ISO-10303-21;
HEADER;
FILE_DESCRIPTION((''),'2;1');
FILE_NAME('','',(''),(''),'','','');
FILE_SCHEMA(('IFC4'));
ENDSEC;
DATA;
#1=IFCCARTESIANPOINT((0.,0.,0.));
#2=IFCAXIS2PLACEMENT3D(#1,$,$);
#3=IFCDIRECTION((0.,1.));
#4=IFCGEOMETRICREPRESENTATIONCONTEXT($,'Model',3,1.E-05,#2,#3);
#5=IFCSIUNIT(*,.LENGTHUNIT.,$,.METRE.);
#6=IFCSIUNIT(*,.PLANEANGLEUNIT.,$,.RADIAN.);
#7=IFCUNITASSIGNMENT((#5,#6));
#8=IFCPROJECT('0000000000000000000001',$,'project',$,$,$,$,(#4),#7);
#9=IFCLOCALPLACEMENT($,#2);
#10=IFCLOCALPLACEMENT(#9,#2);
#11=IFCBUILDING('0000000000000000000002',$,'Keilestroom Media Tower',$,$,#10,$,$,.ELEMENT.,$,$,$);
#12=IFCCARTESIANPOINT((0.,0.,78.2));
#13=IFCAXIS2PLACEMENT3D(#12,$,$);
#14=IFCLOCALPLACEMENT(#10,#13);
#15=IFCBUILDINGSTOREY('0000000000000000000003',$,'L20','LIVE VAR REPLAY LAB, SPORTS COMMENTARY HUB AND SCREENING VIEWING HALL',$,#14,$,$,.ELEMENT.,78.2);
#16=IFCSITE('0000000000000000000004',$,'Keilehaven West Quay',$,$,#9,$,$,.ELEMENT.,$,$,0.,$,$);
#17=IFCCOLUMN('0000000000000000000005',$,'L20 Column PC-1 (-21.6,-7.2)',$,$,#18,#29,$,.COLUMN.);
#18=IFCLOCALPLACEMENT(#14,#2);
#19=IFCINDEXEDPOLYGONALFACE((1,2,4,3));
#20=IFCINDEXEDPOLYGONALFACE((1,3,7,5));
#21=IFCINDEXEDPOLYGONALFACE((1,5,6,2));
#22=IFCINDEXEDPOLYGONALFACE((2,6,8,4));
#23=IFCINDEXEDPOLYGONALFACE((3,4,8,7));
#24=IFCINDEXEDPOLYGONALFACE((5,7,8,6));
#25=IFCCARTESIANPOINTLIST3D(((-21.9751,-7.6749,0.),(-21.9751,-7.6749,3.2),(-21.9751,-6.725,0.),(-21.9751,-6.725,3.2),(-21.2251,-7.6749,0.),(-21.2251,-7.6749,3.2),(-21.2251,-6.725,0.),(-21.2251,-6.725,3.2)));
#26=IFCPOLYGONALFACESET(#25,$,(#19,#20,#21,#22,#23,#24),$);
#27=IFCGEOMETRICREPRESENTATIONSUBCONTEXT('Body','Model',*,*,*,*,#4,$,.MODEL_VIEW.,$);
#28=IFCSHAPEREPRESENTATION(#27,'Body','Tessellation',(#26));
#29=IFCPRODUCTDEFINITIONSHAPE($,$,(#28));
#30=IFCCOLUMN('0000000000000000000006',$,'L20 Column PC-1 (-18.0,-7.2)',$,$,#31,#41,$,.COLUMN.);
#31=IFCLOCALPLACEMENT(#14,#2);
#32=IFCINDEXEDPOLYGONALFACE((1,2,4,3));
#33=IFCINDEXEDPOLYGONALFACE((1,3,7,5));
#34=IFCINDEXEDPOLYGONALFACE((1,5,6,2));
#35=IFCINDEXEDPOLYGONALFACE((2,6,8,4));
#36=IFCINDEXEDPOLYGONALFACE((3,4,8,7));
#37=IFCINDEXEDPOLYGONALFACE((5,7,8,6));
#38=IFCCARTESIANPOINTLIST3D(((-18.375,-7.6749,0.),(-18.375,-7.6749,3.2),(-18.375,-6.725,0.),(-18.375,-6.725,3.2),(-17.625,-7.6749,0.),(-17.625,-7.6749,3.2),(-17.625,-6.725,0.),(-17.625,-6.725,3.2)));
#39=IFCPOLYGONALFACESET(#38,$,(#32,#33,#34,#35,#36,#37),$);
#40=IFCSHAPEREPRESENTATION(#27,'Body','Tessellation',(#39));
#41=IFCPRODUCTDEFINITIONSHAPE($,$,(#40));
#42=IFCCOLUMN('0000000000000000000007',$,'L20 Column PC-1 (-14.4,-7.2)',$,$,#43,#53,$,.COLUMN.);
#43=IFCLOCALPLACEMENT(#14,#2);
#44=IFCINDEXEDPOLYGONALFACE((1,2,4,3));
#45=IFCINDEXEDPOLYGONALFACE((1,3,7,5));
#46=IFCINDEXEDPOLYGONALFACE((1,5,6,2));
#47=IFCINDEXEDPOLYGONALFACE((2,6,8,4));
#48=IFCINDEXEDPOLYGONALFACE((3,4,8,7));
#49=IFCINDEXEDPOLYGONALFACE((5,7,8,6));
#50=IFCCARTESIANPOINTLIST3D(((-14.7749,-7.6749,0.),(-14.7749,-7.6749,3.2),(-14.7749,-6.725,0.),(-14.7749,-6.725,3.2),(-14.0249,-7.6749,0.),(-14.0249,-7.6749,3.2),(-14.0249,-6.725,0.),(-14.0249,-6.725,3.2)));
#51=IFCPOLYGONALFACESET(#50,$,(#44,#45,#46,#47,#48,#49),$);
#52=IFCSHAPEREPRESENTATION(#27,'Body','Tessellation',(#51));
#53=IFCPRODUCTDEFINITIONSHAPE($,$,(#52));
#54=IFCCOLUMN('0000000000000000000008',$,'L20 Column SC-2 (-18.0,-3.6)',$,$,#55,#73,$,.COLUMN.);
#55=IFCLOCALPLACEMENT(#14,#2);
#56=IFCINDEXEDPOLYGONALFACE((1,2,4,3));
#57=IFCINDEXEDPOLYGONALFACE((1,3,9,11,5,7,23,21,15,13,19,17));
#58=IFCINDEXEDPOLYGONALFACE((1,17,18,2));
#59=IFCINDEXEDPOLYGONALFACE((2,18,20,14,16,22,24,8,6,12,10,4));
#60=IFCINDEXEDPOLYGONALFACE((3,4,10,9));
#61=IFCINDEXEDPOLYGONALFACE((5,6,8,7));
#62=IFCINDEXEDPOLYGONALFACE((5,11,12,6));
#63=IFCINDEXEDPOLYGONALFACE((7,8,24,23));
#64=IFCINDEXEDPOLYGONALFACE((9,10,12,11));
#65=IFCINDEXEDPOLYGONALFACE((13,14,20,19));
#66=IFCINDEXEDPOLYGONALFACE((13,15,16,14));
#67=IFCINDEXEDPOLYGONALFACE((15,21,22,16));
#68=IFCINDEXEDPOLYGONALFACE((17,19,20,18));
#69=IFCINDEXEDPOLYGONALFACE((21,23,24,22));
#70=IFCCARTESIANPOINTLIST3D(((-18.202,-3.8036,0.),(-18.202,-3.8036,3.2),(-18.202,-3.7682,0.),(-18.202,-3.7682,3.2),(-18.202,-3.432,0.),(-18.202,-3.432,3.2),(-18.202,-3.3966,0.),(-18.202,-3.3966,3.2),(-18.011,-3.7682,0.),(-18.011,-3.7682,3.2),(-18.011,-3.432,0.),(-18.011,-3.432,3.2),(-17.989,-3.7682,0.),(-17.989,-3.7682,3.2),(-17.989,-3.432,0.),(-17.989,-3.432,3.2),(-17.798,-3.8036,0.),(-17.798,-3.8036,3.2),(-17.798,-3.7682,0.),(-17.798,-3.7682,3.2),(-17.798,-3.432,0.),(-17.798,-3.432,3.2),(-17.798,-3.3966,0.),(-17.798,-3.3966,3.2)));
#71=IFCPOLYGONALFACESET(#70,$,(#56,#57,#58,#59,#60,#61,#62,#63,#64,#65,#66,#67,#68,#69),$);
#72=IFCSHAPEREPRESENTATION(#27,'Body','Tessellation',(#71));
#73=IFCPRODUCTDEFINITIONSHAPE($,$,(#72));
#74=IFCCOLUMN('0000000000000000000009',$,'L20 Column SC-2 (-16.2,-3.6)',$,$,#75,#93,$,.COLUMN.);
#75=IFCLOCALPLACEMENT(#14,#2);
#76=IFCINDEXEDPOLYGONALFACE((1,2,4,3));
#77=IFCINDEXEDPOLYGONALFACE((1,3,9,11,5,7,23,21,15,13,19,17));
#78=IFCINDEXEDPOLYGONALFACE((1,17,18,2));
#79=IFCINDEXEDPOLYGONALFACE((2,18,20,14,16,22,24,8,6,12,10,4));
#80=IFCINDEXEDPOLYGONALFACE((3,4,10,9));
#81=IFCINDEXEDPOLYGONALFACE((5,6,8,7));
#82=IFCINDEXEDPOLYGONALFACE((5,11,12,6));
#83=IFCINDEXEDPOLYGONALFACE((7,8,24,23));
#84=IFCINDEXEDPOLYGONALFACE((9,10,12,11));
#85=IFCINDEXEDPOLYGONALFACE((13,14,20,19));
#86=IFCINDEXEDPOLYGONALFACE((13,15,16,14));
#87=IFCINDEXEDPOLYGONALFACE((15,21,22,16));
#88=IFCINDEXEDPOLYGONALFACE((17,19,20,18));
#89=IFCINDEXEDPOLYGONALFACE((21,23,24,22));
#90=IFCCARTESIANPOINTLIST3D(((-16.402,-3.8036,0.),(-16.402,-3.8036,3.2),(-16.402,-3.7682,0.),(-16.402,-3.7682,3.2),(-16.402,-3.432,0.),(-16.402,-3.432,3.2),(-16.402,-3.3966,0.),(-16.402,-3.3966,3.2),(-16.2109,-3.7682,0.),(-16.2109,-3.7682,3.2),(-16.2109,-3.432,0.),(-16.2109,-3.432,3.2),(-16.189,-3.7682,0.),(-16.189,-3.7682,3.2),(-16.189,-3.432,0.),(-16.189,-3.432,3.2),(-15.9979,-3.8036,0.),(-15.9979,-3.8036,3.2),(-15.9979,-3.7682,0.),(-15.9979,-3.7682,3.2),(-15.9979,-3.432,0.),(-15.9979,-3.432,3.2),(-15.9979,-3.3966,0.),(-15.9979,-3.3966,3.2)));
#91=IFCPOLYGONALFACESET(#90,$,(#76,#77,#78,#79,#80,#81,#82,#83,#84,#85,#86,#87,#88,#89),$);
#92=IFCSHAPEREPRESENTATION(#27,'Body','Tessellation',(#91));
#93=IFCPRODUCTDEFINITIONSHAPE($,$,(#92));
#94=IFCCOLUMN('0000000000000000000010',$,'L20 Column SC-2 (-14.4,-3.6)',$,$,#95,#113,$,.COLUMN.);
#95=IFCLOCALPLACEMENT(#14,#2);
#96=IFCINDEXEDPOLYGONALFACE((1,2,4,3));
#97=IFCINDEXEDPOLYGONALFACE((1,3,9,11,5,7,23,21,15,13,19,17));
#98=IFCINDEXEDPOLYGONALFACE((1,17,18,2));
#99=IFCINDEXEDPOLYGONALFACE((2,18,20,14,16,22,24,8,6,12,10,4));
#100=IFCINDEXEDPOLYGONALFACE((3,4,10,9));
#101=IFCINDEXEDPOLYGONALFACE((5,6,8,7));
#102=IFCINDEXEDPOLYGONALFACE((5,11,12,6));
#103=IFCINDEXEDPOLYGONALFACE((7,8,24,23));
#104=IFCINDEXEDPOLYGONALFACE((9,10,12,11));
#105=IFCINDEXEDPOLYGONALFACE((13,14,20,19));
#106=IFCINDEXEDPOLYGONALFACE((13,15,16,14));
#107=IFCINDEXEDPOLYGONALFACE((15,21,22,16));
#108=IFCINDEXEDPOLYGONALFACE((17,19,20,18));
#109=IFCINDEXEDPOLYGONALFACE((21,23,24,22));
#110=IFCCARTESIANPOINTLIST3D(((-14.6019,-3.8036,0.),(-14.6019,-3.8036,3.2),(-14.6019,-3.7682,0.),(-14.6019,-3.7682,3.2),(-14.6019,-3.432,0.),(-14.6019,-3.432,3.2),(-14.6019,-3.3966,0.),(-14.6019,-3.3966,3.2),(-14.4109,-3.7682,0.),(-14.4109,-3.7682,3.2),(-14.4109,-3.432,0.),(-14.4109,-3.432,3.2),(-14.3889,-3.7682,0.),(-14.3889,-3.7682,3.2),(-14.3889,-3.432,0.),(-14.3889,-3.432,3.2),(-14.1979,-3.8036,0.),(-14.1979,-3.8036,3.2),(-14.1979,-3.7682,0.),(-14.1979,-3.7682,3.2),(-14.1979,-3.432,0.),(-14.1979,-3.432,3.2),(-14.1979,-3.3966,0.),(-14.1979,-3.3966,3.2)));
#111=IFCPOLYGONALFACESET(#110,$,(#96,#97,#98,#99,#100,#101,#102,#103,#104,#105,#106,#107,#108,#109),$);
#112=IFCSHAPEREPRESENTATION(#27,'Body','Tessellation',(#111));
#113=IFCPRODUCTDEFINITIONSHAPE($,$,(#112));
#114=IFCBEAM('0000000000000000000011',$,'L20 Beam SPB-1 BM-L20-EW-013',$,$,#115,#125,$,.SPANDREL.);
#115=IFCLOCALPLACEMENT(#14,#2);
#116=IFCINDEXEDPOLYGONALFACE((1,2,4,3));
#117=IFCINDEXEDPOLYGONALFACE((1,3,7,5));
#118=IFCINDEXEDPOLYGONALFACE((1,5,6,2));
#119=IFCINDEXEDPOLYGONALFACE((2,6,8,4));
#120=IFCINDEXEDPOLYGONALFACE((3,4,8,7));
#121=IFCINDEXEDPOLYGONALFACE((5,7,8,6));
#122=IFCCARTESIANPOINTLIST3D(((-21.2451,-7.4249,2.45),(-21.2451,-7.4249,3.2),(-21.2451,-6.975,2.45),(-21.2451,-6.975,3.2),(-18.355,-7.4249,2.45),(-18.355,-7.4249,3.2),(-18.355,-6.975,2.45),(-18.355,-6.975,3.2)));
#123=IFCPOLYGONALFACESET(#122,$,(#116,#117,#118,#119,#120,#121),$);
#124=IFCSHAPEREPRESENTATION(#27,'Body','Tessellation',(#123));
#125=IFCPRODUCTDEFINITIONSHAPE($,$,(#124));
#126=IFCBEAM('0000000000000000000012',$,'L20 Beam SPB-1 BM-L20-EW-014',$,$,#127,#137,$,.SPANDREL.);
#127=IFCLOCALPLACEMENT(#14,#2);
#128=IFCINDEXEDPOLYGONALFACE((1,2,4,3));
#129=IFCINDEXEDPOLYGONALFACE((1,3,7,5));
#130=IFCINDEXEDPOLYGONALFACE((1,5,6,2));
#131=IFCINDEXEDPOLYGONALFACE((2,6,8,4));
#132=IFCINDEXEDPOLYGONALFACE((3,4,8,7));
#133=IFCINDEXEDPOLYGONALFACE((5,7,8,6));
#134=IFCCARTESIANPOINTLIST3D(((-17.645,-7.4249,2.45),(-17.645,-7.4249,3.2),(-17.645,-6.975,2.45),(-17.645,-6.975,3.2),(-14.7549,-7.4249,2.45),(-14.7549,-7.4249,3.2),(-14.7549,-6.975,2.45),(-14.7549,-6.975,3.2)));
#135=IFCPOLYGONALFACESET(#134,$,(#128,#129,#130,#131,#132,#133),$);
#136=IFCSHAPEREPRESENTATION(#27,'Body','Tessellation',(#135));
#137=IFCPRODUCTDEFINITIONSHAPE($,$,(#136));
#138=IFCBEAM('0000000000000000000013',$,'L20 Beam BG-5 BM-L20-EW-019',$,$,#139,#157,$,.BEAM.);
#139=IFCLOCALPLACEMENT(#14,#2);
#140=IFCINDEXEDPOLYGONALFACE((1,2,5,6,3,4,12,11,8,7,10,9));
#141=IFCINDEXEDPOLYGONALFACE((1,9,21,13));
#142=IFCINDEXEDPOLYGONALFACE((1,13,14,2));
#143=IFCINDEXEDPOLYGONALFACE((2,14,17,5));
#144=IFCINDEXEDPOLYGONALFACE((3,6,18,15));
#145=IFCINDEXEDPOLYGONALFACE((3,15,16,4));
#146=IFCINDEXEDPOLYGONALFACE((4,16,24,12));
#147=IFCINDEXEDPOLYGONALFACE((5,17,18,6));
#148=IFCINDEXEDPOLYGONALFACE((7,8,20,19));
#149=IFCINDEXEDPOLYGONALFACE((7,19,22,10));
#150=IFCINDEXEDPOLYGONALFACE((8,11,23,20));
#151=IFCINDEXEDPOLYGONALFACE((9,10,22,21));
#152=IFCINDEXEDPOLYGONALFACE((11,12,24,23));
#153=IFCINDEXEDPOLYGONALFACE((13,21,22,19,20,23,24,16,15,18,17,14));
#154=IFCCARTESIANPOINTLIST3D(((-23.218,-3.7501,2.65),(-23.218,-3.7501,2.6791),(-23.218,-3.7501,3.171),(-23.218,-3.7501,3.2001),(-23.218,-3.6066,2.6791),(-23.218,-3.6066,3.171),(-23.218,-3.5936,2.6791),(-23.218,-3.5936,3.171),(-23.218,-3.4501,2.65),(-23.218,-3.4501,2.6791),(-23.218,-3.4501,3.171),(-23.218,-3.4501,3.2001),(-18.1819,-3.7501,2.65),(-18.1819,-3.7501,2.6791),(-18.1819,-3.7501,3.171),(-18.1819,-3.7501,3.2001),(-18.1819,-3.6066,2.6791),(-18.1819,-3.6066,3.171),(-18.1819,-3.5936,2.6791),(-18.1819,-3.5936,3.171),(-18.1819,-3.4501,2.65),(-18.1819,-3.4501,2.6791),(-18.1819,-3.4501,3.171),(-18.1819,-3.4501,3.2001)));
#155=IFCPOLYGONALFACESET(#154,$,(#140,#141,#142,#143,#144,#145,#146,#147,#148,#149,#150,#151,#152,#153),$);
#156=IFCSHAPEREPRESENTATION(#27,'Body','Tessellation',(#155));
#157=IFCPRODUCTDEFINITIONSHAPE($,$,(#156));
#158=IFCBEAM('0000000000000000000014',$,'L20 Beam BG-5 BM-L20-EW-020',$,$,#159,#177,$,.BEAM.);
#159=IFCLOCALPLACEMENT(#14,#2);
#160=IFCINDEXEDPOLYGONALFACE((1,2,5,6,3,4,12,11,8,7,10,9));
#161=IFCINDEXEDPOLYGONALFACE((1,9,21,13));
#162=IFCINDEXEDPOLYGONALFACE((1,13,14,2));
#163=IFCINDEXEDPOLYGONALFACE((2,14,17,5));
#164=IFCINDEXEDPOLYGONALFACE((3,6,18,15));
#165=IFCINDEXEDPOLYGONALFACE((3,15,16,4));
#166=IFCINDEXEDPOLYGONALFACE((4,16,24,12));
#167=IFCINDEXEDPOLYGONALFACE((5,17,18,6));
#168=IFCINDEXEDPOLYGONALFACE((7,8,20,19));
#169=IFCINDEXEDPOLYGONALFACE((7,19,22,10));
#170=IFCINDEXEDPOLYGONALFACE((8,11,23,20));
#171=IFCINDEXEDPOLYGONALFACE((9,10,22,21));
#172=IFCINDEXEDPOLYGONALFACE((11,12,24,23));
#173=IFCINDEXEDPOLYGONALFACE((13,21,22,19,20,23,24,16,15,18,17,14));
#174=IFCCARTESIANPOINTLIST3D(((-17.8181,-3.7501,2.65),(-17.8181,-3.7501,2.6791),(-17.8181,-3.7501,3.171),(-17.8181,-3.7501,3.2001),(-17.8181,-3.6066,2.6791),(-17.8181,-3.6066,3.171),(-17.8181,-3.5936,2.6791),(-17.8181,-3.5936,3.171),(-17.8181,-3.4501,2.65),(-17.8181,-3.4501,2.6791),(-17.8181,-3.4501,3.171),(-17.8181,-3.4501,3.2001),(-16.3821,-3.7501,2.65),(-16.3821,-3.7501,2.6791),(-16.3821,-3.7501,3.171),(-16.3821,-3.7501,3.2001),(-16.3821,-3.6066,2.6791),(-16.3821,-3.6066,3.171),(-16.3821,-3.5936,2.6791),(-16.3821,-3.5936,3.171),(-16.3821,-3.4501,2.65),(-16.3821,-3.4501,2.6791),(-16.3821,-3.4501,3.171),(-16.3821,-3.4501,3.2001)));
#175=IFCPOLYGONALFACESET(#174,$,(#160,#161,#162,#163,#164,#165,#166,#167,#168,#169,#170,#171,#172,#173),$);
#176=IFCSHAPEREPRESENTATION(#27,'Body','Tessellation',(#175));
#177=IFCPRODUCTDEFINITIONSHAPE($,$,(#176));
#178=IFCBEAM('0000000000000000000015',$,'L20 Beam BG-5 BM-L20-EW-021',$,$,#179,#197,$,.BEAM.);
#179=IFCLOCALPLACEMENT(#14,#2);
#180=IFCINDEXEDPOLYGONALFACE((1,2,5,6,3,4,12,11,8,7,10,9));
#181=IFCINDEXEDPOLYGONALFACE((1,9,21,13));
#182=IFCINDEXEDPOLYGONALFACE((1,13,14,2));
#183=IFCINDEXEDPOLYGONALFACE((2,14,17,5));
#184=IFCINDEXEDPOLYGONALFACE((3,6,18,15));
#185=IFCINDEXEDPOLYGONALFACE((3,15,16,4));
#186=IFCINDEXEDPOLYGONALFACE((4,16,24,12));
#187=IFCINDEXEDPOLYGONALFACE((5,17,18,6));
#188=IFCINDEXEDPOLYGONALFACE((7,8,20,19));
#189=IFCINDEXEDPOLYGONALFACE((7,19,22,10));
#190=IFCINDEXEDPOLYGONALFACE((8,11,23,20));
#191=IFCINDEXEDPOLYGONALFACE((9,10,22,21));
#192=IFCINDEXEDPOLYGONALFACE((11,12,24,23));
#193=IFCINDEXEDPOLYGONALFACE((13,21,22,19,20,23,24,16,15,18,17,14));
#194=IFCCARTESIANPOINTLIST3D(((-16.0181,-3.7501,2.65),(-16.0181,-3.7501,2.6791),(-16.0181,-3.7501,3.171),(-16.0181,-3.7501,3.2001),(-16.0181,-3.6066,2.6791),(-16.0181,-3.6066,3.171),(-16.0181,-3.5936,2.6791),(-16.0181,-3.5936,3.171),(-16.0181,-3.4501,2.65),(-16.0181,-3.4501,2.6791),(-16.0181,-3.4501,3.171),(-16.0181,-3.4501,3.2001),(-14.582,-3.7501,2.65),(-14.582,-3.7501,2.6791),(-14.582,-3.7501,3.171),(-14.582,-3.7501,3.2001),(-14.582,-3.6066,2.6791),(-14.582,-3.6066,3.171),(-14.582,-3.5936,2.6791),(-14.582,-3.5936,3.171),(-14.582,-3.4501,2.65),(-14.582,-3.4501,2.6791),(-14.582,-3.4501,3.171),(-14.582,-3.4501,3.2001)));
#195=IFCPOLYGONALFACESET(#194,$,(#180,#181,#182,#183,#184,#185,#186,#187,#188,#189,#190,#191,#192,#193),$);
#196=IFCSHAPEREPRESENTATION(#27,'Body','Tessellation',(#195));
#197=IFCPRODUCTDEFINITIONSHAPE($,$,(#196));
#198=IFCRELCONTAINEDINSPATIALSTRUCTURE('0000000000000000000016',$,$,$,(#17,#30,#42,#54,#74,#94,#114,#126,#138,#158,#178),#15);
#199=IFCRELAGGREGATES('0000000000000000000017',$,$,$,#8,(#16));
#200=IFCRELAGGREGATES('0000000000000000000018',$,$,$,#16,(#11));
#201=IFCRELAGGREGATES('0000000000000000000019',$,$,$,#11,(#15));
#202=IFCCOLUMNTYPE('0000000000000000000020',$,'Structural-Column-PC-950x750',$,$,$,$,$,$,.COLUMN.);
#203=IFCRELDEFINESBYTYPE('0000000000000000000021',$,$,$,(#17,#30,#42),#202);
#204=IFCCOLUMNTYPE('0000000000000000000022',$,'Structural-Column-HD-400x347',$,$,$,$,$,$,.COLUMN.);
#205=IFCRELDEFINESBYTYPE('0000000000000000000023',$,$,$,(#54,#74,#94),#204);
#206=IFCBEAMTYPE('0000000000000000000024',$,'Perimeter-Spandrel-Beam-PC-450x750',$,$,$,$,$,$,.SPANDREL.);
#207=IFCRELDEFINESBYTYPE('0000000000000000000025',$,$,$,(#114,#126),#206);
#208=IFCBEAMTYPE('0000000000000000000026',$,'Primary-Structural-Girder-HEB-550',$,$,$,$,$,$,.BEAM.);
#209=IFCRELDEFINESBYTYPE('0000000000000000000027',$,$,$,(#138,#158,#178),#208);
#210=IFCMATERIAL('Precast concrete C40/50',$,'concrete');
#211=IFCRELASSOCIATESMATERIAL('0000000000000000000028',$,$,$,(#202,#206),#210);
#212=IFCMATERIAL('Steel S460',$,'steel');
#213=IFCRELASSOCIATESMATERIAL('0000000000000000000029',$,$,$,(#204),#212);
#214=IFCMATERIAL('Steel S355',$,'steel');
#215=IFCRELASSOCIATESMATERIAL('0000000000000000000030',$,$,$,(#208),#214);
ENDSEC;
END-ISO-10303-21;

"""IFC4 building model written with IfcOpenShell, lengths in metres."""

from ifc_helpers import new_model, si_unit, direction, frame, origin, origin_2d, place, context, subcontext, project, spatial, rectangle, i_section, extrude, source, transform, mapped, material, material_profile, profile_set, type_object, element, save


model = new_model("IFC4")

# Units and contexts
model_context = context("Model", 3, precision=1e-05, world=origin(), true_north=direction((0.0, 1.0)))
body_context = subcontext(model_context, "Body", "Model", "MODEL_VIEW")
ifc_project = project(units=[si_unit("LENGTHUNIT", "METRE"), si_unit("PLANEANGLEUNIT", "RADIAN")], contexts=[model_context])

# Site, building, storey
site_placement = place(None, origin())
site = spatial("IfcSite", under=ifc_project, at=site_placement, Name="Keilehaven West Quay", CompositionType="ELEMENT", RefElevation=0.0)
building_placement = place(site_placement, origin())
building = spatial("IfcBuilding", under=site, at=building_placement, Name="Keilestroom Media Tower", CompositionType="ELEMENT")
storey_placement = place(building_placement, frame((0.0, 0.0, 78.2)))
storey = spatial("IfcBuildingStorey", under=building, at=storey_placement, Name="L20", Description="LIVE VAR REPLAY LAB, SPORTS COMMENTARY HUB AND SCREENING VIEWING HALL", CompositionType="ELEMENT", Elevation=78.2)

# Columns
ifc_material_1 = material(Name="Precast concrete C40/50", Category="concrete")
ifc_material_profile_1 = material_profile(ifc_material_1, rectangle(XDim=0.75, YDim=0.95, at=origin_2d()), Name="PC 950x750")
ifc_profile_set_1 = profile_set([ifc_material_profile_1], Name="Precast concrete C40/50")
column_type_1 = type_object("IfcColumnType", Name="Structural-Column-PC-950x750", PredefinedType="COLUMN", material=ifc_profile_set_1)
shared_shape_1 = source(origin(), body_context, "Body", "SweptSolid", [
    extrude(rectangle(XDim=0.75, YDim=0.95, at=origin_2d()), origin(), (0.0, 0.0, 1.0), 3.2),
])
for number, where, z_axis, x_axis, name in (
    (1, (-21.6001, -7.2, 0.0), (0.0, 0.0, 1.0), (1.0, 0.0, 0.0), "L20 Column PC-1 (-21.6,-7.2)"),
    (2, (-18.0, -7.2, 0.0), (0.0, 0.0, 1.0), (1.0, 0.0, 0.0), "L20 Column PC-1 (-18.0,-7.2)"),
    (3, (-14.3999, -7.2, 0.0), (0.0, 0.0, 1.0), (1.0, 0.0, 0.0), "L20 Column PC-1 (-14.4,-7.2)"),
):
    element("IfcColumn", number, at=place(storey_placement, frame(where, z_axis=z_axis, x_axis=x_axis)), inside=storey, type_object=column_type_1, Name=name, PredefinedType="COLUMN", context=body_context, shape_type="MappedRepresentation", body=[
        mapped(shared_shape_1, transform((0.0, 0.0, 0.0), x_axis=(1.0, 0.0, 0.0), y_axis=(0.0, 1.0, 0.0), z_axis=(0.0, 0.0, 1.0), scale=1.0)),
    ])
ifc_material_2 = material(Name="Steel S460", Category="steel")
ifc_material_profile_2 = material_profile(ifc_material_2, i_section(OverallWidth=0.4041, OverallDepth=0.407, WebThickness=0.022, FlangeThickness=0.0354, at=origin_2d()), Name="HD 400x347")
ifc_profile_set_2 = profile_set([ifc_material_profile_2], Name="Steel S460")
column_type_2 = type_object("IfcColumnType", Name="Structural-Column-HD-400x347", PredefinedType="COLUMN", material=ifc_profile_set_2)
shared_shape_2 = source(origin(), body_context, "Body", "SweptSolid", [
    extrude(i_section(OverallWidth=0.4041, OverallDepth=0.407, WebThickness=0.022, FlangeThickness=0.0354, at=origin_2d()), origin(), (0.0, 0.0, 1.0), 3.2),
])
for number, where, z_axis, x_axis, name in (
    (4, (-18.0, -3.6001, 0.0), (0.0, 0.0, 1.0), (1.0, 0.0, 0.0), "L20 Column SC-2 (-18.0,-3.6)"),
    (5, (-16.2, -3.6001, 0.0), (0.0, 0.0, 1.0), (1.0, 0.0, 0.0), "L20 Column SC-2 (-16.2,-3.6)"),
    (6, (-14.3999, -3.6001, 0.0), (0.0, 0.0, 1.0), (1.0, 0.0, 0.0), "L20 Column SC-2 (-14.4,-3.6)"),
):
    element("IfcColumn", number, at=place(storey_placement, frame(where, z_axis=z_axis, x_axis=x_axis)), inside=storey, type_object=column_type_2, Name=name, PredefinedType="COLUMN", context=body_context, shape_type="MappedRepresentation", body=[
        mapped(shared_shape_2, transform((0.0, 0.0, 0.0), x_axis=(1.0, 0.0, 0.0), y_axis=(0.0, 1.0, 0.0), z_axis=(0.0, 0.0, 1.0), scale=1.0)),
    ])

# Beams
ifc_material_profile_3 = material_profile(ifc_material_1, rectangle(XDim=0.45, YDim=0.75, at=origin_2d()), Name="PC 450x750")
ifc_profile_set_3 = profile_set([ifc_material_profile_3], Name="Precast concrete C40/50")
beam_type_1 = type_object("IfcBeamType", Name="Perimeter-Spandrel-Beam-PC-450x750", PredefinedType="SPANDREL", material=ifc_profile_set_3)
shared_shape_3 = source(origin(), body_context, "Body", "SweptSolid", [
    extrude(rectangle(XDim=0.45, YDim=0.75, at=origin_2d()), origin(), (0.0, 0.0, 1.0), 2.8901),
])
for number, where, z_axis, x_axis, name in (
    (7, (-21.2451, -7.2, 2.825), (1.0, 0.0, 0.0), (0.0, 1.0, 0.0), "L20 Beam SPB-1 BM-L20-EW-013"),
    (8, (-17.645, -7.2, 2.825), (1.0, 0.0, 0.0), (0.0, 1.0, 0.0), "L20 Beam SPB-1 BM-L20-EW-014"),
):
    element("IfcBeam", number, at=place(storey_placement, frame(where, z_axis=z_axis, x_axis=x_axis)), inside=storey, type_object=beam_type_1, Name=name, PredefinedType="SPANDREL", context=body_context, shape_type="MappedRepresentation", body=[
        mapped(shared_shape_3, transform((0.0, 0.0, 0.0), x_axis=(1.0, 0.0, 0.0), y_axis=(0.0, 1.0, 0.0), z_axis=(0.0, 0.0, 1.0), scale=1.0)),
    ])
ifc_material_3 = material(Name="Steel S355", Category="steel")
ifc_material_profile_4 = material_profile(ifc_material_3, i_section(OverallWidth=0.3, OverallDepth=0.55, WebThickness=0.0129, FlangeThickness=0.0291, at=origin_2d()), Name="HEB 550")
ifc_profile_set_4 = profile_set([ifc_material_profile_4], Name="Steel S355")
beam_type_2 = type_object("IfcBeamType", Name="Primary-Structural-Girder-HEB-550", PredefinedType="BEAM", material=ifc_profile_set_4)
shared_shape_4 = source(origin(), body_context, "Body", "SweptSolid", [
    extrude(i_section(OverallWidth=0.3, OverallDepth=0.55, WebThickness=0.0129, FlangeThickness=0.0291, at=origin_2d()), origin(), (0.0, 0.0, 1.0), 5.0361),
])
beam_1_placement = place(storey_placement, frame((-23.218, -3.6001, 2.925), z_axis=(1.0, 0.0, 0.0), x_axis=(0.0, 1.0, 0.0)))
element("IfcBeam", 9, at=beam_1_placement, inside=storey, type_object=beam_type_2, Name="L20 Beam BG-5 BM-L20-EW-019", PredefinedType="BEAM", context=body_context, shape_type="MappedRepresentation", body=[
    mapped(shared_shape_4, transform((0.0, 0.0, 0.0), x_axis=(1.0, 0.0, 0.0), y_axis=(0.0, 1.0, 0.0), z_axis=(0.0, 0.0, 1.0), scale=1.0)),
])
shared_shape_5 = source(origin(), body_context, "Body", "SweptSolid", [
    extrude(i_section(OverallWidth=0.3, OverallDepth=0.55, WebThickness=0.0129, FlangeThickness=0.0291, at=origin_2d()), origin(), (0.0, 0.0, 1.0), 1.436),
])
for number, where, z_axis, x_axis, name in (
    (10, (-17.8181, -3.6001, 2.925), (1.0, 0.0, 0.0), (0.0, 1.0, 0.0), "L20 Beam BG-5 BM-L20-EW-020"),
    (11, (-16.0181, -3.6001, 2.925), (1.0, 0.0, 0.0), (0.0, 1.0, 0.0), "L20 Beam BG-5 BM-L20-EW-021"),
):
    element("IfcBeam", number, at=place(storey_placement, frame(where, z_axis=z_axis, x_axis=x_axis)), inside=storey, type_object=beam_type_2, Name=name, PredefinedType="BEAM", context=body_context, shape_type="MappedRepresentation", body=[
        mapped(shared_shape_5, transform((0.0, 0.0, 0.0), x_axis=(1.0, 0.0, 0.0), y_axis=(0.0, 1.0, 0.0), z_axis=(0.0, 0.0, 1.0), scale=1.0)),
    ])

save(model, "model.ifc")
